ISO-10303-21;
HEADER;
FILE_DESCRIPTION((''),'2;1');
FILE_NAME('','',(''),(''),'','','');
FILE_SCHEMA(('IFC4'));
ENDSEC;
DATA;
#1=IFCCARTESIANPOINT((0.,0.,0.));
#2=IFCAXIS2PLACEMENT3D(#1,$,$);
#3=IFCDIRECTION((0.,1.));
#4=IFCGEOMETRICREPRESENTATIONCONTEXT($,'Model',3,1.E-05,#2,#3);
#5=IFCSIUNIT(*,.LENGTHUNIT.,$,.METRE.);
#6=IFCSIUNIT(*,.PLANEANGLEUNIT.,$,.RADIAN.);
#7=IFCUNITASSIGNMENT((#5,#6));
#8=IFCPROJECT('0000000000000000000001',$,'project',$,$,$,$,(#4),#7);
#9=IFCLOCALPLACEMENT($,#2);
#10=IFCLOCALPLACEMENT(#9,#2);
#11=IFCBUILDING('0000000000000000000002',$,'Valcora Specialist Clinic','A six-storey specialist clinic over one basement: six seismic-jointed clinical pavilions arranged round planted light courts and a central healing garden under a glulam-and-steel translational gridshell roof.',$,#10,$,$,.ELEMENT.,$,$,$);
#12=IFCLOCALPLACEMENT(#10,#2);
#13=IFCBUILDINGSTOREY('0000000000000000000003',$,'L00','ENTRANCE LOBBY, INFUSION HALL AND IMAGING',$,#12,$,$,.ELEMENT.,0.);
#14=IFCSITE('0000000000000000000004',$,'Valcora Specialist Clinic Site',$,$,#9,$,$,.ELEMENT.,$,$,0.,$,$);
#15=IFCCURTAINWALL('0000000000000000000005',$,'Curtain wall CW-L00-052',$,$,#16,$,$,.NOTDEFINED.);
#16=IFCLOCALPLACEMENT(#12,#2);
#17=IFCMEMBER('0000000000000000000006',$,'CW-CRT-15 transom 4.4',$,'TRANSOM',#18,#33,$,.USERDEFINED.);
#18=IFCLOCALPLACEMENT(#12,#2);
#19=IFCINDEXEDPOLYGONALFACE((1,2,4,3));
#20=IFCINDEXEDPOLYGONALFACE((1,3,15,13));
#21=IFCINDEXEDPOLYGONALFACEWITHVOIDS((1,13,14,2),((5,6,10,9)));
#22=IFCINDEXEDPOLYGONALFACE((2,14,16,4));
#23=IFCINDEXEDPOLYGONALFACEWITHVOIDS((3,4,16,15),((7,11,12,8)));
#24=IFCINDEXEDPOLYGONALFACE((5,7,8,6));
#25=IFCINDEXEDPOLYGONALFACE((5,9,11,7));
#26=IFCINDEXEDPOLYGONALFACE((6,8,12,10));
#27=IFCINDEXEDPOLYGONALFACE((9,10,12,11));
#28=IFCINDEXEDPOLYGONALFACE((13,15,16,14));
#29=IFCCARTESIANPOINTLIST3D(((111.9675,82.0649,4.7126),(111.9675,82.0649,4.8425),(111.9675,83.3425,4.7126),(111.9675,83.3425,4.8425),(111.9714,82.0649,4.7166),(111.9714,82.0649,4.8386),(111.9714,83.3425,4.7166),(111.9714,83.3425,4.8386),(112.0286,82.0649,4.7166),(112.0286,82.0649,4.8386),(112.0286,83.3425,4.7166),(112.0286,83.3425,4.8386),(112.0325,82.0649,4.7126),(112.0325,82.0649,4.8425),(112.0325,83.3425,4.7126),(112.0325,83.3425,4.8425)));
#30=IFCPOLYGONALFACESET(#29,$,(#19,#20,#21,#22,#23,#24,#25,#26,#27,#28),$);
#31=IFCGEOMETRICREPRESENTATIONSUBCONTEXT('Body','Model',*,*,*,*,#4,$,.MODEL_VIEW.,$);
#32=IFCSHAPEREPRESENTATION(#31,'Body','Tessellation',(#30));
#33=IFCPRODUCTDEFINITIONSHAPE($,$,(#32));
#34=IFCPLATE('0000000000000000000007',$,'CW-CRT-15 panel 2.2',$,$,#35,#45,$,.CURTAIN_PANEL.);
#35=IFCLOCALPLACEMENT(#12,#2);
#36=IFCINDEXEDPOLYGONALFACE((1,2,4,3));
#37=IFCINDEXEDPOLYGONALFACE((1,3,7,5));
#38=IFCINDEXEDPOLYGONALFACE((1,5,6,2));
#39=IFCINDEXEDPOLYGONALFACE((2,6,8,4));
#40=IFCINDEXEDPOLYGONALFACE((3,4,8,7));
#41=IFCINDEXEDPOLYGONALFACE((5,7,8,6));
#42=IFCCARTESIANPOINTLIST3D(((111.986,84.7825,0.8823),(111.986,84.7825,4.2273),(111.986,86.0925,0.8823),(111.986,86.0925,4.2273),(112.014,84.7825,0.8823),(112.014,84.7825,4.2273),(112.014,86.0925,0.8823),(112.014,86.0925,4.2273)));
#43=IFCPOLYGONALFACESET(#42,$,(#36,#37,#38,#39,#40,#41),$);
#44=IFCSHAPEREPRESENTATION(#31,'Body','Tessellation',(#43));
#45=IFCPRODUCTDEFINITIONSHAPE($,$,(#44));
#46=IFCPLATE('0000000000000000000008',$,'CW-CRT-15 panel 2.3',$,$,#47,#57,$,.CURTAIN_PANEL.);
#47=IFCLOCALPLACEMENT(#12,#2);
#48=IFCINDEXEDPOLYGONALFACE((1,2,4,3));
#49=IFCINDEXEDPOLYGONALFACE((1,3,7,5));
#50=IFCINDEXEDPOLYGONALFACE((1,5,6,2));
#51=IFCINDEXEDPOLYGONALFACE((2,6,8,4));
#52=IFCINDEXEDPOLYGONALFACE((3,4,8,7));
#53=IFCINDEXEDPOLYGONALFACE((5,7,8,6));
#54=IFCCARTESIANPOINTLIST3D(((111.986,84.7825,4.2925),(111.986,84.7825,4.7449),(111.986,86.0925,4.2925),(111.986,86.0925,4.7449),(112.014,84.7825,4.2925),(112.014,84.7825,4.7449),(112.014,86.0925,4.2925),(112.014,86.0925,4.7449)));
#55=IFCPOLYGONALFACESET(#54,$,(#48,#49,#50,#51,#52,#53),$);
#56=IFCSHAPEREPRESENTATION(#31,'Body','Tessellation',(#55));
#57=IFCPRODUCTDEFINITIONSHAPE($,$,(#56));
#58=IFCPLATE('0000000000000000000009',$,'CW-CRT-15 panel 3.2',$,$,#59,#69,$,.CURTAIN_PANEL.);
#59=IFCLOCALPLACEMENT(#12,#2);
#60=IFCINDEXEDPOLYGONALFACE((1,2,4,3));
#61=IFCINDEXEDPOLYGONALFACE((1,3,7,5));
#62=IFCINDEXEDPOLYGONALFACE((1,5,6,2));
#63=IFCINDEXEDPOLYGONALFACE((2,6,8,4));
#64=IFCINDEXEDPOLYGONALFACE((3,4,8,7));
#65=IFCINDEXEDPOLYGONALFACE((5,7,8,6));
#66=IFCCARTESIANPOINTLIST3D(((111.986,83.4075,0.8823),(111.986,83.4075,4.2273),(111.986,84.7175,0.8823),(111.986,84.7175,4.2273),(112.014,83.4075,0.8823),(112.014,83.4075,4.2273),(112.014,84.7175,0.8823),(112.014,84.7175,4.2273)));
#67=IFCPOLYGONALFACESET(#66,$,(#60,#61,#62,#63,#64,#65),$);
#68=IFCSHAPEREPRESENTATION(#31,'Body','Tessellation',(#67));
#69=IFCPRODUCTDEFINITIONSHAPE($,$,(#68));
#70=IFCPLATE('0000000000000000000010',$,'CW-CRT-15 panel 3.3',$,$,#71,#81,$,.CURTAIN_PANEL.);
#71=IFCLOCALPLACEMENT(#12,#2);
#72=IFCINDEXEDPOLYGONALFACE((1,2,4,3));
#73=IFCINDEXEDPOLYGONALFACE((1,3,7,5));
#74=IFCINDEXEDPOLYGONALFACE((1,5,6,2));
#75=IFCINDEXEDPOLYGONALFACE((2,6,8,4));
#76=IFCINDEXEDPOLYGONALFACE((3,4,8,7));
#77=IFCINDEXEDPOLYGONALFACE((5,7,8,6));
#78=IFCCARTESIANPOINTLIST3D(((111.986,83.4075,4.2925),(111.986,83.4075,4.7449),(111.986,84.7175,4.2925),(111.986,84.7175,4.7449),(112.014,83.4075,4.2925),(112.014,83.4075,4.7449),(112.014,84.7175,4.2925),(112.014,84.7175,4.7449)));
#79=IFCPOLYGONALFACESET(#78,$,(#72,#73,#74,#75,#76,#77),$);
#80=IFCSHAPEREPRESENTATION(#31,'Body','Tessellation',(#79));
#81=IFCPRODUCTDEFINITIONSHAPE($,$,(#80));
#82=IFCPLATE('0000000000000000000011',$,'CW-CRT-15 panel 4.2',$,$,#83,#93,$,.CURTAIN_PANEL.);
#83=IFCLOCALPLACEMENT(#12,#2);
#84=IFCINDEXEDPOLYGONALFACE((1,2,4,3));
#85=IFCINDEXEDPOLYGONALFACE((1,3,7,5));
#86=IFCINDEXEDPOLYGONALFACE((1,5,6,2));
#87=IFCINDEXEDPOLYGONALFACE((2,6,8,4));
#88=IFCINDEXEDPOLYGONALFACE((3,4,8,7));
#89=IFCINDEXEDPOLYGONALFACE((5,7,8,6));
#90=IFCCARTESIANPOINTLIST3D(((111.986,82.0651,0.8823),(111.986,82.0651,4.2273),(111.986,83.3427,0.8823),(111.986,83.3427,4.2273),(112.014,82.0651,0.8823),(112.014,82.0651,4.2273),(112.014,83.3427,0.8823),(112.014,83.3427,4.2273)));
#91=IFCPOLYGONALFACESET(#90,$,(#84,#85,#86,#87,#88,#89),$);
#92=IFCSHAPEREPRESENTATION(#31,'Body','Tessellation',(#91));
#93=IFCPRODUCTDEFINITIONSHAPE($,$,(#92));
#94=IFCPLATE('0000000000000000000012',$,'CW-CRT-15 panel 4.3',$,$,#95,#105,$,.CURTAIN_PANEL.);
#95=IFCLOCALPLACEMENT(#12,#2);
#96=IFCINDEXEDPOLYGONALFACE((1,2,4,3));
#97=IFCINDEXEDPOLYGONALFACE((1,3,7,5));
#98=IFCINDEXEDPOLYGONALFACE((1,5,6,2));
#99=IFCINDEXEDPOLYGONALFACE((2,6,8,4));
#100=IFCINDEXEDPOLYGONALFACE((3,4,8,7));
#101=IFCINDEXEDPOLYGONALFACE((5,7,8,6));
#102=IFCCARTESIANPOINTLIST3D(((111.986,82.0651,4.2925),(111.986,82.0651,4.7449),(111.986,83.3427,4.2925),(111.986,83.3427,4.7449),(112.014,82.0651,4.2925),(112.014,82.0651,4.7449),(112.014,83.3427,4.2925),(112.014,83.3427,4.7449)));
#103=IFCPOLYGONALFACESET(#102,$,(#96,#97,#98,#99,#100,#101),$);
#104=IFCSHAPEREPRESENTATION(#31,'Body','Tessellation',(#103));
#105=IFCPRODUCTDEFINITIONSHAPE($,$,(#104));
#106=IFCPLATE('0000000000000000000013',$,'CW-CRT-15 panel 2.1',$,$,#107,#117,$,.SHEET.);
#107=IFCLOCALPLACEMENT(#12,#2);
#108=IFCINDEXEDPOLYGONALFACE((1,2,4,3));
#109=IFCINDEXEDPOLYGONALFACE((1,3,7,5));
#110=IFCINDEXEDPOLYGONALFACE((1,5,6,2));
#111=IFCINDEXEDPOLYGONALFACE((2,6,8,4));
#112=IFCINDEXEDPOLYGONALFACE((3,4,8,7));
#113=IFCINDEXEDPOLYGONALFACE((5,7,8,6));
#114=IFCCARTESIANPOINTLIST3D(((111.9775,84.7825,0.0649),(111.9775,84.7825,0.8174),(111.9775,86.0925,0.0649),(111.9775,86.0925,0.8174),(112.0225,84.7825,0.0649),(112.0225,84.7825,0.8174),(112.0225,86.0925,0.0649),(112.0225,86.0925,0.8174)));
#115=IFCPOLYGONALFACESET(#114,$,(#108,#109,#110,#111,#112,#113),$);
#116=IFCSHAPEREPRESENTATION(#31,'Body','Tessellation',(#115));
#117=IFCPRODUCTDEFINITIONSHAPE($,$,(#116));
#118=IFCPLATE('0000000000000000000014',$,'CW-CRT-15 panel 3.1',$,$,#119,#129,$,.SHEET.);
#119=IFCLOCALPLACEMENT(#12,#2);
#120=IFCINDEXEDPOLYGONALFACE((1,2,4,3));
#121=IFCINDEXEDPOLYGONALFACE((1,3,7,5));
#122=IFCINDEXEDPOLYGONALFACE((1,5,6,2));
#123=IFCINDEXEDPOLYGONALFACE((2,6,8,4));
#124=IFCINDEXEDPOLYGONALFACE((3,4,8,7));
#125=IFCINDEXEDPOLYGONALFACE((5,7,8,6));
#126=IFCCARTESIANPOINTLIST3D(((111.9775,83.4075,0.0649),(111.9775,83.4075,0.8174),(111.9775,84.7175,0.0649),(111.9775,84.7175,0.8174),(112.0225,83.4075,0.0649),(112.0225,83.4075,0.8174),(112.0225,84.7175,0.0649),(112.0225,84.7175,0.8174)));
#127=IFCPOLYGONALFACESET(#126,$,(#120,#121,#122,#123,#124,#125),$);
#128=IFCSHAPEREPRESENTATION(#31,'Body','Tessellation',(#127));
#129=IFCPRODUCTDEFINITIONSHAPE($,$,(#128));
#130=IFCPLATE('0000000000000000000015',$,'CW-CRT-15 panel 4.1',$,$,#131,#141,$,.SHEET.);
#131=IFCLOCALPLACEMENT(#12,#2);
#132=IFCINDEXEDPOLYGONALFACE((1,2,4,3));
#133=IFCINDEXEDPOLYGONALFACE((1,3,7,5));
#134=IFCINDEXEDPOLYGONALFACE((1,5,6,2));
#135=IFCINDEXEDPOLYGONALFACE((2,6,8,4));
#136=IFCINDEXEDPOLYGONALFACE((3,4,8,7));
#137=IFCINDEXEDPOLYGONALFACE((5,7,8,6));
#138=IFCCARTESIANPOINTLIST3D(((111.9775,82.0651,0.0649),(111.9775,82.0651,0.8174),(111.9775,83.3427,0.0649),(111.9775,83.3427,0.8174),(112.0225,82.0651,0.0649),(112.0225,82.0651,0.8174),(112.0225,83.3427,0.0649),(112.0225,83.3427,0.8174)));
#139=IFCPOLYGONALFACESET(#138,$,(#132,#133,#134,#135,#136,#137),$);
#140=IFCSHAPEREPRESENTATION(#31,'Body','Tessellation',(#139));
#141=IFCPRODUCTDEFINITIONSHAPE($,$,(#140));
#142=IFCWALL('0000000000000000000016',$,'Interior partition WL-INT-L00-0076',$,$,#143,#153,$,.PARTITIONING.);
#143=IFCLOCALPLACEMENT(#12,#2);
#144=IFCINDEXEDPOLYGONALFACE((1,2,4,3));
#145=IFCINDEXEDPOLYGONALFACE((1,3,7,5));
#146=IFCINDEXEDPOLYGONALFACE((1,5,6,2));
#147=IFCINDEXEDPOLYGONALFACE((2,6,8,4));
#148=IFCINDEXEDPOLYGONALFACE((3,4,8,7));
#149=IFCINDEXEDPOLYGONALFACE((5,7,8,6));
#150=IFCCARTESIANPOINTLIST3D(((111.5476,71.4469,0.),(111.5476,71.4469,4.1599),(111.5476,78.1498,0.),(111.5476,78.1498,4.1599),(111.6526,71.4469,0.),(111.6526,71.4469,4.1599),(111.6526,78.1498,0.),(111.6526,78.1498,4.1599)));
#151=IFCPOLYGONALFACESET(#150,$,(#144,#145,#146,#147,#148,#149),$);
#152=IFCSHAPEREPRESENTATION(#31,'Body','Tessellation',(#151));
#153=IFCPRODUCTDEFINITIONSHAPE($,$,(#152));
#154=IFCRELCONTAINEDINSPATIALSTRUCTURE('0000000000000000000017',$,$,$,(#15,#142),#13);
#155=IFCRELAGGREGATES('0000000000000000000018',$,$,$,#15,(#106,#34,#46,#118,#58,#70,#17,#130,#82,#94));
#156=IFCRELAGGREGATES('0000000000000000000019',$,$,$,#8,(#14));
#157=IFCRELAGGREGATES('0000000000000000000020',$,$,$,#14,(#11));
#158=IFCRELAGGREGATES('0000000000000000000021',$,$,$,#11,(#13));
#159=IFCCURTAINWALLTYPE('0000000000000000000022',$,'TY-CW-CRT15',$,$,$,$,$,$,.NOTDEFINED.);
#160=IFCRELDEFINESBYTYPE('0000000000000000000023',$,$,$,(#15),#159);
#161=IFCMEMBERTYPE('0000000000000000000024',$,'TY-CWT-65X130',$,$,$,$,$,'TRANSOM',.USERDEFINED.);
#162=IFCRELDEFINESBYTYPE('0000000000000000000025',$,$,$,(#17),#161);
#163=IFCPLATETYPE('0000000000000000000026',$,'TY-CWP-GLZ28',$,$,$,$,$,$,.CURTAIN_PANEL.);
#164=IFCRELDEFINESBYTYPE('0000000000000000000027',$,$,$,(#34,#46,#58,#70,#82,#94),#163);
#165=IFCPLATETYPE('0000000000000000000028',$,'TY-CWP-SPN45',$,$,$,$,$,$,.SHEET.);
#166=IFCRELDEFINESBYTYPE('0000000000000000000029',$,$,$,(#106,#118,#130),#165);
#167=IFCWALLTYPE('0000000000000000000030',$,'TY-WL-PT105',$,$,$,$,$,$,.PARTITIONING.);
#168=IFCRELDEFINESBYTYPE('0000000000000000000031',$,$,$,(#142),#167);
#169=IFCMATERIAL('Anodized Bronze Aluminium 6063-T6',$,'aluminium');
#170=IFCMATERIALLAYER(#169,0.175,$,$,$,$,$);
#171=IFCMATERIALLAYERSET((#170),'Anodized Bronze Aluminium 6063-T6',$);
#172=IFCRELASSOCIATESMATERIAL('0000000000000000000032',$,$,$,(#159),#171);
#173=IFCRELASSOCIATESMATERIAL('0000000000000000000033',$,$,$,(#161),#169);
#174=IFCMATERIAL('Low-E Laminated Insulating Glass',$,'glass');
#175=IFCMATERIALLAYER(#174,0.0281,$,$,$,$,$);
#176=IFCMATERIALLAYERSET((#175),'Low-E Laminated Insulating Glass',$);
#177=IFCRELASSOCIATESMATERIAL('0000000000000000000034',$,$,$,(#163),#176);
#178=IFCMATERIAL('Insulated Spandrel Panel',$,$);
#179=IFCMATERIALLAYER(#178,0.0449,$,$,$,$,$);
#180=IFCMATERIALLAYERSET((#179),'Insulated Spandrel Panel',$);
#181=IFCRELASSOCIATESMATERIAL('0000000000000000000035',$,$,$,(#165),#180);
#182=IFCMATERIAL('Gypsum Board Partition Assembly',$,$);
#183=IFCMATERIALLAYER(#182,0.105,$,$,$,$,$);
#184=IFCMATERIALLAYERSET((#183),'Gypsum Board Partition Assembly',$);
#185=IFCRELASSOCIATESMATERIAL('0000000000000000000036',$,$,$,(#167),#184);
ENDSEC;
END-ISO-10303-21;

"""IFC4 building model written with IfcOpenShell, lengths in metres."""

from ifc_helpers import new_model, si_unit, direction, frame, frame_2d, origin, origin_2d, place, context, subcontext, project, spatial, rectangle, hollow_rectangle, extrude, material, layer, layer_set, material_profile, profile_set, type_object, element, aggregate, save


model = new_model("IFC4")

# Units and contexts
model_context = context("Model", 3, precision=1e-05, world=origin(), true_north=direction((0.0, 1.0)))
body_context = subcontext(model_context, "Body", "Model", "MODEL_VIEW")
ifc_project = project(units=[si_unit("LENGTHUNIT", "METRE"), si_unit("PLANEANGLEUNIT", "RADIAN")], contexts=[model_context])

# Site, building, storey
site_placement = place(None, origin())
site = spatial("IfcSite", under=ifc_project, at=site_placement, Name="Valcora Specialist Clinic Site", CompositionType="ELEMENT", RefElevation=0.0)
building_placement = place(site_placement, origin())
building = spatial("IfcBuilding", under=site, at=building_placement, Name="Valcora Specialist Clinic", Description="A six-storey specialist clinic over one basement: six seismic-jointed clinical pavilions arranged round planted light courts and a central healing garden under a glulam-and-steel translational gridshell roof.", CompositionType="ELEMENT")
storey_placement = place(building_placement, origin())
storey = spatial("IfcBuildingStorey", under=building, at=storey_placement, Name="L00", Description="ENTRANCE LOBBY, INFUSION HALL AND IMAGING", CompositionType="ELEMENT", Elevation=0.0)

# Curtain wall, member, plates
ifc_material_1 = material(Name="Anodized Bronze Aluminium 6063-T6", Category="aluminium")
ifc_layer_1 = layer(ifc_material_1, 0.175)
ifc_layer_set_1 = layer_set([ifc_layer_1], Name="Anodized Bronze Aluminium 6063-T6")
curtain_wall_type = type_object("IfcCurtainWallType", Name="TY-CW-CRT15", PredefinedType="NOTDEFINED", material=ifc_layer_set_1)
curtain_wall_placement = place(storey_placement, origin())
curtain_wall = element("IfcCurtainWall", 1, at=curtain_wall_placement, inside=storey, type_object=curtain_wall_type, Name="Curtain wall CW-L00-052", PredefinedType="NOTDEFINED")
ifc_material_profile_1 = material_profile(ifc_material_1, hollow_rectangle(XDim=0.0649, YDim=0.1299, WallThickness=0.0039, at=origin_2d()), Name="AL-TRN-65X130")
ifc_profile_set_1 = profile_set([ifc_material_profile_1], Name="Anodized Bronze Aluminium 6063-T6")
member_type_1 = type_object("IfcMemberType", Name="TY-CWT-65X130", ElementType="TRANSOM", PredefinedType="USERDEFINED", material=ifc_profile_set_1)
member_1_placement = place(storey_placement, frame((112.0, 83.3425, 4.7776), z_axis=(0.0, -1.0, 0.0), x_axis=(1.0, 0.0, 0.0)))
member_1 = element("IfcMember", 2, at=member_1_placement, type_object=member_type_1, Name="CW-CRT-15 transom 4.4", ObjectType="TRANSOM", PredefinedType="USERDEFINED", context=body_context, shape_type="SweptSolid", body=[
    extrude(hollow_rectangle(XDim=0.0649, YDim=0.1299, WallThickness=0.0039, at=origin_2d()), origin(), (0.0, 0.0, 1.0), 1.2776),
])
ifc_material_2 = material(Name="Low-E Laminated Insulating Glass", Category="glass")
ifc_layer_2 = layer(ifc_material_2, 0.0281)
ifc_layer_set_2 = layer_set([ifc_layer_2], Name="Low-E Laminated Insulating Glass")
plate_type_1 = type_object("IfcPlateType", Name="TY-CWP-GLZ28", PredefinedType="CURTAIN_PANEL", material=ifc_layer_set_2)
plate_1_placement = place(storey_placement, frame((112.0, 85.4375, 0.8823), z_axis=(0.0, 0.0, 1.0), x_axis=(0.0, -1.0, 0.0)))
plate_1 = element("IfcPlate", 3, at=plate_1_placement, type_object=plate_type_1, Name="CW-CRT-15 panel 2.2", PredefinedType="CURTAIN_PANEL", context=body_context, shape_type="SweptSolid", body=[
    extrude(rectangle(XDim=1.3101, YDim=0.0281, at=origin_2d()), origin(), (0.0, 0.0, 1.0), 3.345),
])
plate_2_placement = place(storey_placement, frame((112.0, 85.4375, 4.2925), z_axis=(0.0, 0.0, 1.0), x_axis=(0.0, -1.0, 0.0)))
plate_2 = element("IfcPlate", 4, at=plate_2_placement, type_object=plate_type_1, Name="CW-CRT-15 panel 2.3", PredefinedType="CURTAIN_PANEL", context=body_context, shape_type="SweptSolid", body=[
    extrude(rectangle(XDim=1.3101, YDim=0.0281, at=origin_2d()), origin(), (0.0, 0.0, 1.0), 0.4524),
])
plate_3_placement = place(storey_placement, frame((112.0, 84.0625, 0.8823), z_axis=(0.0, 0.0, 1.0), x_axis=(0.0, -1.0, 0.0)))
plate_3 = element("IfcPlate", 5, at=plate_3_placement, type_object=plate_type_1, Name="CW-CRT-15 panel 3.2", PredefinedType="CURTAIN_PANEL", context=body_context, shape_type="SweptSolid", body=[
    extrude(rectangle(XDim=1.3101, YDim=0.0281, at=origin_2d()), origin(), (0.0, 0.0, 1.0), 3.345),
])
plate_4_placement = place(storey_placement, frame((112.0, 84.0625, 4.2925), z_axis=(0.0, 0.0, 1.0), x_axis=(0.0, -1.0, 0.0)))
plate_4 = element("IfcPlate", 6, at=plate_4_placement, type_object=plate_type_1, Name="CW-CRT-15 panel 3.3", PredefinedType="CURTAIN_PANEL", context=body_context, shape_type="SweptSolid", body=[
    extrude(rectangle(XDim=1.3101, YDim=0.0281, at=origin_2d()), origin(), (0.0, 0.0, 1.0), 0.4524),
])
plate_5_placement = place(storey_placement, frame((112.0, 82.7039, 0.8823), z_axis=(0.0, 0.0, 1.0), x_axis=(0.0, -1.0, 0.0)))
plate_5 = element("IfcPlate", 7, at=plate_5_placement, type_object=plate_type_1, Name="CW-CRT-15 panel 4.2", PredefinedType="CURTAIN_PANEL", context=body_context, shape_type="SweptSolid", body=[
    extrude(rectangle(XDim=1.2776, YDim=0.0281, at=origin_2d()), origin(), (0.0, 0.0, 1.0), 3.345),
])
plate_6_placement = place(storey_placement, frame((112.0, 82.7039, 4.2925), z_axis=(0.0, 0.0, 1.0), x_axis=(0.0, -1.0, 0.0)))
plate_6 = element("IfcPlate", 8, at=plate_6_placement, type_object=plate_type_1, Name="CW-CRT-15 panel 4.3", PredefinedType="CURTAIN_PANEL", context=body_context, shape_type="SweptSolid", body=[
    extrude(rectangle(XDim=1.2776, YDim=0.0281, at=origin_2d()), origin(), (0.0, 0.0, 1.0), 0.4524),
])
ifc_material_3 = material(Name="Insulated Spandrel Panel")
ifc_layer_3 = layer(ifc_material_3, 0.0449)
ifc_layer_set_3 = layer_set([ifc_layer_3], Name="Insulated Spandrel Panel")
plate_type_2 = type_object("IfcPlateType", Name="TY-CWP-SPN45", PredefinedType="SHEET", material=ifc_layer_set_3)
plate_7_placement = place(storey_placement, frame((112.0, 85.4375, 0.0649), z_axis=(0.0, 0.0, 1.0), x_axis=(0.0, -1.0, 0.0)))
plate_7 = element("IfcPlate", 9, at=plate_7_placement, type_object=plate_type_2, Name="CW-CRT-15 panel 2.1", PredefinedType="SHEET", context=body_context, shape_type="SweptSolid", body=[
    extrude(rectangle(XDim=1.3101, YDim=0.0449, at=origin_2d()), origin(), (0.0, 0.0, 1.0), 0.7524),
])
plate_8_placement = place(storey_placement, frame((112.0, 84.0625, 0.0649), z_axis=(0.0, 0.0, 1.0), x_axis=(0.0, -1.0, 0.0)))
plate_8 = element("IfcPlate", 10, at=plate_8_placement, type_object=plate_type_2, Name="CW-CRT-15 panel 3.1", PredefinedType="SHEET", context=body_context, shape_type="SweptSolid", body=[
    extrude(rectangle(XDim=1.3101, YDim=0.0449, at=origin_2d()), origin(), (0.0, 0.0, 1.0), 0.7524),
])
plate_9_placement = place(storey_placement, frame((112.0, 82.7039, 0.0649), z_axis=(0.0, 0.0, 1.0), x_axis=(0.0, -1.0, 0.0)))
plate_9 = element("IfcPlate", 11, at=plate_9_placement, type_object=plate_type_2, Name="CW-CRT-15 panel 4.1", PredefinedType="SHEET", context=body_context, shape_type="SweptSolid", body=[
    extrude(rectangle(XDim=1.2776, YDim=0.0449, at=origin_2d()), origin(), (0.0, 0.0, 1.0), 0.7524),
])
aggregate(curtain_wall, [plate_7, plate_1, plate_2, plate_8, plate_3, plate_4, member_1, plate_9, plate_5, plate_6])

# Wall
ifc_material_4 = material(Name="Gypsum Board Partition Assembly")
ifc_layer_4 = layer(ifc_material_4, 0.105)
ifc_layer_set_4 = layer_set([ifc_layer_4], Name="Gypsum Board Partition Assembly")
wall_type = type_object("IfcWallType", Name="TY-WL-PT105", PredefinedType="PARTITIONING", material=ifc_layer_set_4)
wall_placement = place(storey_placement, frame((111.6001, 78.1499, 0.0), z_axis=(0.0, 0.0, 1.0), x_axis=(0.0, -1.0, 0.0)))
element("IfcWall", 12, at=wall_placement, inside=storey, type_object=wall_type, Name="Interior partition WL-INT-L00-0076", PredefinedType="PARTITIONING", context=body_context, shape_type="SweptSolid", body=[
    extrude(rectangle(XDim=6.7029, YDim=0.105, at=frame_2d((3.3516, 0.0))), origin(), (0.0, 0.0, 1.0), 4.1599),
])

save(model, "model.ifc")
